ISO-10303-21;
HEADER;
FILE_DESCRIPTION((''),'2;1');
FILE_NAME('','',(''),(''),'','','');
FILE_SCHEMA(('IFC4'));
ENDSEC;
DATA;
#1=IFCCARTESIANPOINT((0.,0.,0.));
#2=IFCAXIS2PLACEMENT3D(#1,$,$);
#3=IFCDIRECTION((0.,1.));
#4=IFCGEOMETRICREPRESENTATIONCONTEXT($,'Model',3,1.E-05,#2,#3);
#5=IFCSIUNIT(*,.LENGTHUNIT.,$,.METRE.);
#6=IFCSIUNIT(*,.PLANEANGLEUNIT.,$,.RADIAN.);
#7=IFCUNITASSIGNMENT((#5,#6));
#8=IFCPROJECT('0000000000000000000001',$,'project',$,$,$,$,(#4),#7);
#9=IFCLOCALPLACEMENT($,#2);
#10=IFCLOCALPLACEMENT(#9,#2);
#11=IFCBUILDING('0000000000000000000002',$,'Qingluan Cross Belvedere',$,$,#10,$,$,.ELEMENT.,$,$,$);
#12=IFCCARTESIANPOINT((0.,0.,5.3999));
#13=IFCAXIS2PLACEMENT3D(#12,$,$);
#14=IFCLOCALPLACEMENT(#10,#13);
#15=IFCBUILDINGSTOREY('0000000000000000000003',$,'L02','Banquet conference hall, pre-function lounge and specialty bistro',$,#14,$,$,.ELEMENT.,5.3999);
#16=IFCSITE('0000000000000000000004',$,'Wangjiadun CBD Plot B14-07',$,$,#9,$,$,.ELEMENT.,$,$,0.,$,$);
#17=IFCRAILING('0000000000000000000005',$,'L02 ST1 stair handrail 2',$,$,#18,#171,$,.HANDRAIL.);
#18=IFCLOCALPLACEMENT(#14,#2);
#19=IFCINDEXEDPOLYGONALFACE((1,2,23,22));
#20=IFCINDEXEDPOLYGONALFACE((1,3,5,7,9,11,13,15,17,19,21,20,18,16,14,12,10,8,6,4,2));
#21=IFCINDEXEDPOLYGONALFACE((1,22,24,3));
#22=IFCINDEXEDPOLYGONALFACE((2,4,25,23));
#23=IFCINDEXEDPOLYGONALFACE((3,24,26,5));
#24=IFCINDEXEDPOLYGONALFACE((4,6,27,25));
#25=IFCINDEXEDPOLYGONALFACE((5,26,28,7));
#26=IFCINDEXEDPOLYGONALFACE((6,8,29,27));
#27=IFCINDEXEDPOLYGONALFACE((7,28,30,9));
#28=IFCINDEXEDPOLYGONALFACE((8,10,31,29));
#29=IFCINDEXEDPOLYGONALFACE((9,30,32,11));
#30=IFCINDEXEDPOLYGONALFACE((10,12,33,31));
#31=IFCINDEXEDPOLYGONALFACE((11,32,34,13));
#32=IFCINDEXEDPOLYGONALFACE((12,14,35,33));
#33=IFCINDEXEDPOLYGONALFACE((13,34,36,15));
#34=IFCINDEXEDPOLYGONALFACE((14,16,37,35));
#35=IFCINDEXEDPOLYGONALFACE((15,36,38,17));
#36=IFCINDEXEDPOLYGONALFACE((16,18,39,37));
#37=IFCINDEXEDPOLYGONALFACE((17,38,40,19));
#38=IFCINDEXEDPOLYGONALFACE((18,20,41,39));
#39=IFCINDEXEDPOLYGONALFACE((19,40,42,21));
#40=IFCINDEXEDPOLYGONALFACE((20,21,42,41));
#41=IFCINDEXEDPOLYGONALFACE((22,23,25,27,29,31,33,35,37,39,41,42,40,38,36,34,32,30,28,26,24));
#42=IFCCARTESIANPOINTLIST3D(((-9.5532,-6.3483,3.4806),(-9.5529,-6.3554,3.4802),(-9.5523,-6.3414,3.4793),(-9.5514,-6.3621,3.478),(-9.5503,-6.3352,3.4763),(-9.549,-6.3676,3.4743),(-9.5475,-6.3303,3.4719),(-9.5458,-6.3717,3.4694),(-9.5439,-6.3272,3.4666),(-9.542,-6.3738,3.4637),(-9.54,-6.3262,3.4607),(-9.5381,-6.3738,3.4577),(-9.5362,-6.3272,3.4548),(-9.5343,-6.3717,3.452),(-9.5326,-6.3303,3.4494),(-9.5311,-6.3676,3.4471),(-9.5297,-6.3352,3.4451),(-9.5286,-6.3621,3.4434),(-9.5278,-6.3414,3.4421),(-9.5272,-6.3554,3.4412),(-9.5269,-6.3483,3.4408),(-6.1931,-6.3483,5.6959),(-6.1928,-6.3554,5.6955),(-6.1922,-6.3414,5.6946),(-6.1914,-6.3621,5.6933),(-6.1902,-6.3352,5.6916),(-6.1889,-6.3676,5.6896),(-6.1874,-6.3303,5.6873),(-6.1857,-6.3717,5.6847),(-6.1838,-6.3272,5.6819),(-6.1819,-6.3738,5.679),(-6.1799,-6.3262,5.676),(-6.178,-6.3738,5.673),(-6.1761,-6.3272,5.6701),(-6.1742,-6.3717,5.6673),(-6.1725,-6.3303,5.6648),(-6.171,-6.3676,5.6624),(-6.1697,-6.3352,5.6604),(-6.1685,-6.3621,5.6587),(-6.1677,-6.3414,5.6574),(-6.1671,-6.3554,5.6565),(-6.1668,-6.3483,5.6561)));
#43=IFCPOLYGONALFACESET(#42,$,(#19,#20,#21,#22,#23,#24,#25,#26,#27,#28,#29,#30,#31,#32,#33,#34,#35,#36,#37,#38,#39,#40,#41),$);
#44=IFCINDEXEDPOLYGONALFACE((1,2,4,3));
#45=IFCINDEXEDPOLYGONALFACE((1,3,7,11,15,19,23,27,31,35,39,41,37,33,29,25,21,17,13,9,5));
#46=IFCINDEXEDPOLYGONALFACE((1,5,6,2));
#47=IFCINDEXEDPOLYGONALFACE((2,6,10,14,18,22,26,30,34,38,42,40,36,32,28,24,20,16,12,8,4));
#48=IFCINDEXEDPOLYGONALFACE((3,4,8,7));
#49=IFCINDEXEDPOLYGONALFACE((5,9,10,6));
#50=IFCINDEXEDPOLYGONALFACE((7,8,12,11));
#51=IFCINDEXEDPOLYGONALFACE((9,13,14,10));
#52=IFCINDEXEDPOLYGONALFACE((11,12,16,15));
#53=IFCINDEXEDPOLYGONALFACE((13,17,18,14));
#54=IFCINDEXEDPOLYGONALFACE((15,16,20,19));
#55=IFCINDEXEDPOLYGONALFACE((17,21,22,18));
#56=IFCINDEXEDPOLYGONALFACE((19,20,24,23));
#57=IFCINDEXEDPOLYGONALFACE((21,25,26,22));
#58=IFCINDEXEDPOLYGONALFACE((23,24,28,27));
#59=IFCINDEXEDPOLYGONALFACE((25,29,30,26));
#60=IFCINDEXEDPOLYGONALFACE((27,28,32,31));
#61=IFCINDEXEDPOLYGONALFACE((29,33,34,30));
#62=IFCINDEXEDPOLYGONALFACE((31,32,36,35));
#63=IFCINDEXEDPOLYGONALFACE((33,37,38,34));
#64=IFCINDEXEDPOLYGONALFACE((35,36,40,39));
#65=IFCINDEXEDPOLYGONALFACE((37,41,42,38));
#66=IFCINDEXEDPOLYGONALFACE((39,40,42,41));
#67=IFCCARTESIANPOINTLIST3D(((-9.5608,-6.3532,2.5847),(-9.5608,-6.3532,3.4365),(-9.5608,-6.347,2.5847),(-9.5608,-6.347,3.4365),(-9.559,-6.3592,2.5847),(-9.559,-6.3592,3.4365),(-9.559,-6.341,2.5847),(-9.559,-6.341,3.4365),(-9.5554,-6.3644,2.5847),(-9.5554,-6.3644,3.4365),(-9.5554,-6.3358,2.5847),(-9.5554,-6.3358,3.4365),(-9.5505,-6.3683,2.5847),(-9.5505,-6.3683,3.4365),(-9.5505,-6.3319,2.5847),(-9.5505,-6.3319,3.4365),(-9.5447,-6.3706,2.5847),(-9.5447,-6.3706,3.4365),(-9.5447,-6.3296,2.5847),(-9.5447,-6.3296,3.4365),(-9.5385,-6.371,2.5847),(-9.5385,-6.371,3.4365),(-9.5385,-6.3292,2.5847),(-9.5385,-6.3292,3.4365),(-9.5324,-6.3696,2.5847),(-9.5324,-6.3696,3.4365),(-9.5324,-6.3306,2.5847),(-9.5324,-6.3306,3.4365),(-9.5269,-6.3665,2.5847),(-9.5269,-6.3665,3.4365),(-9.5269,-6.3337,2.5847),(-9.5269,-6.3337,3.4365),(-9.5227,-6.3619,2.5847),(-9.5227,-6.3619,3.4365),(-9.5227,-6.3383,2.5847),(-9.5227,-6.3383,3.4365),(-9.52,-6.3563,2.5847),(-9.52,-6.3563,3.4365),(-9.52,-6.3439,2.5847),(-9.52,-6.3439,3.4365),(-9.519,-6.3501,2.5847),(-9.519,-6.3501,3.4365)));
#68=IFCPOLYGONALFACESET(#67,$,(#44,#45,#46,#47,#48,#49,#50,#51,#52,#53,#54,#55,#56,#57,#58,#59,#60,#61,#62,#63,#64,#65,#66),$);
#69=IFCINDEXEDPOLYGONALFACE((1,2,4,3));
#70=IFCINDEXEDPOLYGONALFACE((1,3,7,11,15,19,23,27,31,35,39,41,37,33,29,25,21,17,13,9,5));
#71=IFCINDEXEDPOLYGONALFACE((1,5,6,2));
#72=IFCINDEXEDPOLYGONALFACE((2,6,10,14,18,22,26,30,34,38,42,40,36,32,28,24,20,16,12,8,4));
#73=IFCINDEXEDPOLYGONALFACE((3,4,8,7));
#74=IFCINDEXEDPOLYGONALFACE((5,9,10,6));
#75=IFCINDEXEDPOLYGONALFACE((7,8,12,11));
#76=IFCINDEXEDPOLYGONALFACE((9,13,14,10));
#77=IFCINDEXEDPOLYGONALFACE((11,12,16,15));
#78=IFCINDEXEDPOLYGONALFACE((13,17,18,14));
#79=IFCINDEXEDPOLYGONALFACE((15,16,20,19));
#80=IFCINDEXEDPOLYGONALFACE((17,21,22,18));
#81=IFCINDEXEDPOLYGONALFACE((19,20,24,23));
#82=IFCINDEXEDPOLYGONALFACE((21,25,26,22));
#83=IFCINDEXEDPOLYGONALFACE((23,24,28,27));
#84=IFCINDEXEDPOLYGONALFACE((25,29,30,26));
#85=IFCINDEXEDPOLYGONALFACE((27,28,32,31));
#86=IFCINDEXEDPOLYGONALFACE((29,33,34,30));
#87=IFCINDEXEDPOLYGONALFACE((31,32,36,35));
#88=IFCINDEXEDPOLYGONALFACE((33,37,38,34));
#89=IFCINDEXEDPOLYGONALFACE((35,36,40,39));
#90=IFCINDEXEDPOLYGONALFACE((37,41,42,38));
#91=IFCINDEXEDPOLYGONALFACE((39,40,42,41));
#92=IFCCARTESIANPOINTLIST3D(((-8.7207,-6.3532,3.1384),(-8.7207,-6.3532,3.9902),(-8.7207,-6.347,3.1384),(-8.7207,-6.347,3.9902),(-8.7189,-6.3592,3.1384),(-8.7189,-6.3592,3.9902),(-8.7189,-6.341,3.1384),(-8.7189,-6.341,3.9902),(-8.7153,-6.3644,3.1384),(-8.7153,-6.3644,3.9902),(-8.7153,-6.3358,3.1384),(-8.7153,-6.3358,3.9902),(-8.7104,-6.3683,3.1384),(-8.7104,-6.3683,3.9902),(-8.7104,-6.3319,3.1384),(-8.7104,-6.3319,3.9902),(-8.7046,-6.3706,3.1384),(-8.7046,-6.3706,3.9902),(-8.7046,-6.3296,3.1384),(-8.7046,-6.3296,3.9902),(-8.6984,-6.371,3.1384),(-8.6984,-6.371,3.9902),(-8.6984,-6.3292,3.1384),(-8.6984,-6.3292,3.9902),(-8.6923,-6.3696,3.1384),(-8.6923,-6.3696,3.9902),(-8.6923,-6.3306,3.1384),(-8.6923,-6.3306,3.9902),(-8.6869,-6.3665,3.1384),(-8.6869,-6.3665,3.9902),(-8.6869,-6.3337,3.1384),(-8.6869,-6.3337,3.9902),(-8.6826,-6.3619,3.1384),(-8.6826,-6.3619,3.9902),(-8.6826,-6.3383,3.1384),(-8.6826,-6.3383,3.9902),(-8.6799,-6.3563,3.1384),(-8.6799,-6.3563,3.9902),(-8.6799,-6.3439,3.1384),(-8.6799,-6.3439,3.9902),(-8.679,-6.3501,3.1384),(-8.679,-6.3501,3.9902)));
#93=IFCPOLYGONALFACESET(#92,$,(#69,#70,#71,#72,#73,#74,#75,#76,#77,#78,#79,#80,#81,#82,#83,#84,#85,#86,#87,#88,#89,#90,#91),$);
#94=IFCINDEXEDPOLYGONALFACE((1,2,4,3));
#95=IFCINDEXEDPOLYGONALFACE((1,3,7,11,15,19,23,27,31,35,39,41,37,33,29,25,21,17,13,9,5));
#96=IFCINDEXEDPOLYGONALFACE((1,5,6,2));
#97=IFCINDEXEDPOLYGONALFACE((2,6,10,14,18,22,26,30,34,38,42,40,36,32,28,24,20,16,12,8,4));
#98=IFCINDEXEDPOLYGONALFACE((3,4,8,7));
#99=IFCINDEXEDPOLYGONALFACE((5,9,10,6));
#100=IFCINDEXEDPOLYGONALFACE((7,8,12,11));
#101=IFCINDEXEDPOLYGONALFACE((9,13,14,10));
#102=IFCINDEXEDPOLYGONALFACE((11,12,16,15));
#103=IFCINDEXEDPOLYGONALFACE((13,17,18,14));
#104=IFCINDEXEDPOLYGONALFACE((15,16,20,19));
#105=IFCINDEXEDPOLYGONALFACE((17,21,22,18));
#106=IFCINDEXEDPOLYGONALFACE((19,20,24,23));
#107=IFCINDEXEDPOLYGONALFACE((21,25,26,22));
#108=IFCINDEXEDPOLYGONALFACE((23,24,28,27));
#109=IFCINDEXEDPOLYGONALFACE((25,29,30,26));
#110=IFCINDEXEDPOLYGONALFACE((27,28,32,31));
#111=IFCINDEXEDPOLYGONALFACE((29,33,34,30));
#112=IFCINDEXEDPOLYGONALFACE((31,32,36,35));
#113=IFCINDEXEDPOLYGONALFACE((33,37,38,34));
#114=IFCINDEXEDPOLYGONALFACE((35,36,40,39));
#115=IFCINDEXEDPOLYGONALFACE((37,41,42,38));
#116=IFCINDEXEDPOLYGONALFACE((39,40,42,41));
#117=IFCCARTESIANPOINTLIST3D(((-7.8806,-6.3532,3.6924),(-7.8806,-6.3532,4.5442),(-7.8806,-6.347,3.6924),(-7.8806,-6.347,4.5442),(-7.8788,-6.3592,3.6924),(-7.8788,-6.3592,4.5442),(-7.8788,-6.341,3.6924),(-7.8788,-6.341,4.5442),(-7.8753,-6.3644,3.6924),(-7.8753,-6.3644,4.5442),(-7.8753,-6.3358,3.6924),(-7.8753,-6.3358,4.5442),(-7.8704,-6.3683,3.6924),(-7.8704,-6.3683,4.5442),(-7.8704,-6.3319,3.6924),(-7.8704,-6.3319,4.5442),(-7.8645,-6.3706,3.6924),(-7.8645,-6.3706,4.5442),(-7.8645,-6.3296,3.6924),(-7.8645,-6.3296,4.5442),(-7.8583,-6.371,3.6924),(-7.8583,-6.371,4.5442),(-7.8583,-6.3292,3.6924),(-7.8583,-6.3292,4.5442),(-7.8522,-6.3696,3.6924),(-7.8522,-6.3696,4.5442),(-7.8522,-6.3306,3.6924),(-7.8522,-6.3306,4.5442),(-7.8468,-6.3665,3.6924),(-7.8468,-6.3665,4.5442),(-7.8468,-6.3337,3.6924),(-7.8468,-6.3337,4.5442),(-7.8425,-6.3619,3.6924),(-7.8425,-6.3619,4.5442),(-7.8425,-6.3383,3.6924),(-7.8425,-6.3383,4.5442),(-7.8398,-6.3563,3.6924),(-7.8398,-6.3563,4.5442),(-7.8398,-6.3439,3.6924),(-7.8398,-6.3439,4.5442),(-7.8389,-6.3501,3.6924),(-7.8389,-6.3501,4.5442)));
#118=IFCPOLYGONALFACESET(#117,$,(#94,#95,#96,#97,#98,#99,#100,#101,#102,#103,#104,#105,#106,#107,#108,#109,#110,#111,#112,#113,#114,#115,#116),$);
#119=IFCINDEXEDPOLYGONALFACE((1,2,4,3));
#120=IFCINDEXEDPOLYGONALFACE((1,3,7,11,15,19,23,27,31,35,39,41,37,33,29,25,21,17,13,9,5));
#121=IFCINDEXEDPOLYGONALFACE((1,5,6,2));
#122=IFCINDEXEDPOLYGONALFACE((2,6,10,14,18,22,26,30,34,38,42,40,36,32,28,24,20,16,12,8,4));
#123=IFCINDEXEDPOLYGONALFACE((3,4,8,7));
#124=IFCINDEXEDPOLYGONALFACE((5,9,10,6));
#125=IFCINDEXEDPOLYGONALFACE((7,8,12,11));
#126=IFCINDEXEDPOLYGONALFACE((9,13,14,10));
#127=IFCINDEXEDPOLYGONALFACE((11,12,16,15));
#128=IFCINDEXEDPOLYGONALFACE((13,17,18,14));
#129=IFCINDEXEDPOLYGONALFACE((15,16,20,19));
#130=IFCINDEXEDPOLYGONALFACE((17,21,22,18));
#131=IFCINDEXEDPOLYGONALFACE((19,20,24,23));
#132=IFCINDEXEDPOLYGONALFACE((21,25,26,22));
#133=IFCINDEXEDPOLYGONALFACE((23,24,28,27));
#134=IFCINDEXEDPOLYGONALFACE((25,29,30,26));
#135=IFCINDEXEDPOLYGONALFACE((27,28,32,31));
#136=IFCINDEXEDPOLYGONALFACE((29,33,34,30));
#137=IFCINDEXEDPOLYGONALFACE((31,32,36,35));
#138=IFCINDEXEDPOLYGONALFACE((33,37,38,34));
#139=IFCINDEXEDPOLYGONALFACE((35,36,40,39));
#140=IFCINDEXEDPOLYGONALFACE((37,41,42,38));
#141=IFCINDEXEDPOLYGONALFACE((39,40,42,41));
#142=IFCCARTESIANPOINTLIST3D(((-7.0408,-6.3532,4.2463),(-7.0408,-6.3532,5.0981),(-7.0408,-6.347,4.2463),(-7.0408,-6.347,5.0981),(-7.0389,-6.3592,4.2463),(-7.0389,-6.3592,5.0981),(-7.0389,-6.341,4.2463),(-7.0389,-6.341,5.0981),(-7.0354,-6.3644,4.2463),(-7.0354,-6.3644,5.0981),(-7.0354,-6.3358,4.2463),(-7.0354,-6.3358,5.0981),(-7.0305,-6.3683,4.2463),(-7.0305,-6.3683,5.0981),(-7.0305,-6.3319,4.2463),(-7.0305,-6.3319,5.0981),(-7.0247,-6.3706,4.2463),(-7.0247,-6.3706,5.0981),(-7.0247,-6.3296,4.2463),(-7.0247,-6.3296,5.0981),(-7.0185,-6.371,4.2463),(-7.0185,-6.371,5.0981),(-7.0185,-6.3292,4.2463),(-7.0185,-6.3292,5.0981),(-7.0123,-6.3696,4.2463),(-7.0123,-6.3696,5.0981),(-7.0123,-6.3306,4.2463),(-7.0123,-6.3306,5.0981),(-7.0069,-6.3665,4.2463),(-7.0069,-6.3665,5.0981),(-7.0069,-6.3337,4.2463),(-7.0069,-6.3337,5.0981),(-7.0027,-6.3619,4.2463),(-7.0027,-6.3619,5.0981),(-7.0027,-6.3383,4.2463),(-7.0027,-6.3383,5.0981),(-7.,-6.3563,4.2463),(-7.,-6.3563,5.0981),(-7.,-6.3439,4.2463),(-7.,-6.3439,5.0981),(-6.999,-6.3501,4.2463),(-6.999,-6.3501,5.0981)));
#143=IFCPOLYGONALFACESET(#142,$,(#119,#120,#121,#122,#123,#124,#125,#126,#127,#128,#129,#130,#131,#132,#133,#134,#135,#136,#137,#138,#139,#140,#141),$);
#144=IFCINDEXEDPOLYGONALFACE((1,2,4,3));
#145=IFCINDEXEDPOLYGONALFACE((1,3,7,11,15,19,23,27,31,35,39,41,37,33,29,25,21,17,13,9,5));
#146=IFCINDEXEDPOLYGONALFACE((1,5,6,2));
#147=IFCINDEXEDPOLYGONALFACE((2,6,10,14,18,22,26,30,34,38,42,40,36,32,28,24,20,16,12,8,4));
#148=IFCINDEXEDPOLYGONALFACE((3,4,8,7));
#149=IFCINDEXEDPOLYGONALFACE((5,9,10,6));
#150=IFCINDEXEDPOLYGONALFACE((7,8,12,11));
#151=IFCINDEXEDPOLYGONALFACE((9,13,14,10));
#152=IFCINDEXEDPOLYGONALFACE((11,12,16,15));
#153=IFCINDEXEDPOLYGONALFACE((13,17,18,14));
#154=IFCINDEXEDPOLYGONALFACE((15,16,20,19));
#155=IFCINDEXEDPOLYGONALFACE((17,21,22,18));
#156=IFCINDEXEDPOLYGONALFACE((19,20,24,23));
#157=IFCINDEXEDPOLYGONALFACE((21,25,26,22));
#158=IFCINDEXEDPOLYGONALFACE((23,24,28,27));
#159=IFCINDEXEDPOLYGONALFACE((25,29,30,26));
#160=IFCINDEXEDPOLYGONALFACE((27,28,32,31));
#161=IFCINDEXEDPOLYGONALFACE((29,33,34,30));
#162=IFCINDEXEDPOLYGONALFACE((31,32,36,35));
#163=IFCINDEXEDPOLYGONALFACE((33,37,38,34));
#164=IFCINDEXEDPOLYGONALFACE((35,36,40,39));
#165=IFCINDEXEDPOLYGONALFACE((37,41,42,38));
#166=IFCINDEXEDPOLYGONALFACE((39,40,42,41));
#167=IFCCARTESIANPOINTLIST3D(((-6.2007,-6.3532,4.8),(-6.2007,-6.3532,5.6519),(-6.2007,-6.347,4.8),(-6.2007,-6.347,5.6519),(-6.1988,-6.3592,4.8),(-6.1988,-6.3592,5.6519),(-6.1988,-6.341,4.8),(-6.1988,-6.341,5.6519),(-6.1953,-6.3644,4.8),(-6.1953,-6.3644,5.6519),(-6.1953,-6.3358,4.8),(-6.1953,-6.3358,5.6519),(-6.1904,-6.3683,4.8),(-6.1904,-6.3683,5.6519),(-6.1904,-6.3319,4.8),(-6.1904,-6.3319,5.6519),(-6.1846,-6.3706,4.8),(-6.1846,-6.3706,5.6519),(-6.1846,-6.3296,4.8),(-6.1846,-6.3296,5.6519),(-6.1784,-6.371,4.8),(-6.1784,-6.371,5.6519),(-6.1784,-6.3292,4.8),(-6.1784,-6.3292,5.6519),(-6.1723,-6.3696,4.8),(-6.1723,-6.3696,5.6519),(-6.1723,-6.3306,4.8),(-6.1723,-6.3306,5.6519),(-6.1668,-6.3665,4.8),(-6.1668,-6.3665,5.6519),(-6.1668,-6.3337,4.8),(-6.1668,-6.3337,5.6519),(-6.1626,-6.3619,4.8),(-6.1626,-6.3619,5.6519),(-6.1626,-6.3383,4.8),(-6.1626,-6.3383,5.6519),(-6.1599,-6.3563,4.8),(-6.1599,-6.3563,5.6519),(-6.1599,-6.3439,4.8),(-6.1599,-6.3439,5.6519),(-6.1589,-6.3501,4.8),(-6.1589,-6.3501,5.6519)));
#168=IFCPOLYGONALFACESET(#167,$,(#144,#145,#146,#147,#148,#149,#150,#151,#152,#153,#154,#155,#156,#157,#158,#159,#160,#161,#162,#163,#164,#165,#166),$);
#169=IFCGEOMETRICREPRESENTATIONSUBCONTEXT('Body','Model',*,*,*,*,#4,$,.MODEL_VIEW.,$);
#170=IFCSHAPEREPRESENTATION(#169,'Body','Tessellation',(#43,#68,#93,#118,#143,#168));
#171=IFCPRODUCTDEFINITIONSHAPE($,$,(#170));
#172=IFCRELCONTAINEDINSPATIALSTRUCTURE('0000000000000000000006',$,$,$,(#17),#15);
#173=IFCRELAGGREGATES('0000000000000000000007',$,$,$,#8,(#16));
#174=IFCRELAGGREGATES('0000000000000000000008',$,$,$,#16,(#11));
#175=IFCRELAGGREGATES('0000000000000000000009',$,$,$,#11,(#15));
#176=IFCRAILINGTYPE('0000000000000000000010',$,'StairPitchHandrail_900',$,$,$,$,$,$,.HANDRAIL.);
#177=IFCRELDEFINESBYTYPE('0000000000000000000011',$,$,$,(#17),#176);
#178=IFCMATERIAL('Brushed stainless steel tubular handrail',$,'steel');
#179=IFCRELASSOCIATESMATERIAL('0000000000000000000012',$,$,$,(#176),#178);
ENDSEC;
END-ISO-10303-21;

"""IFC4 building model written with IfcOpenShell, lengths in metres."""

from ifc_helpers import new_model, si_unit, direction, frame, origin, origin_2d, place, context, subcontext, project, spatial, circle, extrude, material, type_object, element, save


model = new_model("IFC4")

# Units and contexts
model_context = context("Model", 3, precision=1e-05, world=origin(), true_north=direction((0.0, 1.0)))
body_context = subcontext(model_context, "Body", "Model", "MODEL_VIEW")
ifc_project = project(units=[si_unit("LENGTHUNIT", "METRE"), si_unit("PLANEANGLEUNIT", "RADIAN")], contexts=[model_context])

# Site, building, storey
site_placement = place(None, origin())
site = spatial("IfcSite", under=ifc_project, at=site_placement, Name="Wangjiadun CBD Plot B14-07", CompositionType="ELEMENT", RefElevation=0.0)
building_placement = place(site_placement, origin())
building = spatial("IfcBuilding", under=site, at=building_placement, Name="Qingluan Cross Belvedere", CompositionType="ELEMENT")
storey_placement = place(building_placement, frame((0.0, 0.0, 5.3999)))
storey = spatial("IfcBuildingStorey", under=building, at=storey_placement, Name="L02", Description="Banquet conference hall, pre-function lounge and specialty bistro", CompositionType="ELEMENT", Elevation=5.3999)

# Railing
ifc_material_1 = material(Name="Brushed stainless steel tubular handrail", Category="steel")
railing_type_1 = type_object("IfcRailingType", Name="StairPitchHandrail_900", PredefinedType="HANDRAIL", material=ifc_material_1)
railing_1_placement = place(storey_placement, frame((-9.54, -6.3501, 2.5847)))
element("IfcRailing", 1, at=railing_1_placement, inside=storey, type_object=railing_type_1, Name="L02 ST1 stair handrail 2", PredefinedType="HANDRAIL", context=body_context, shape_type="SweptSolid", body=[
    extrude(circle(Radius=0.0239, at=origin_2d()), frame((0.0, 0.0, 0.876), z_axis=(0.834876, 0.0, 0.550437), x_axis=(0.0, 1.0, 0.0)), (0.0, 0.0, 1.0), 4.0247),
    extrude(circle(Radius=0.021, at=origin_2d()), origin(), (0.0, 0.0, 1.0), 0.8518),
    extrude(circle(Radius=0.021, at=origin_2d()), frame((0.8401, 0.0, 0.5537)), (0.0, 0.0, 1.0), 0.8518),
    extrude(circle(Radius=0.021, at=origin_2d()), frame((1.6802, 0.0, 1.1077)), (0.0, 0.0, 1.0), 0.8518),
    extrude(circle(Radius=0.021, at=origin_2d()), frame((2.52, 0.0, 1.6616)), (0.0, 0.0, 1.0), 0.8518),
    extrude(circle(Radius=0.021, at=origin_2d()), frame((3.3601, 0.0, 2.2153)), (0.0, 0.0, 1.0), 0.8518),
])

save(model, "model.ifc")
